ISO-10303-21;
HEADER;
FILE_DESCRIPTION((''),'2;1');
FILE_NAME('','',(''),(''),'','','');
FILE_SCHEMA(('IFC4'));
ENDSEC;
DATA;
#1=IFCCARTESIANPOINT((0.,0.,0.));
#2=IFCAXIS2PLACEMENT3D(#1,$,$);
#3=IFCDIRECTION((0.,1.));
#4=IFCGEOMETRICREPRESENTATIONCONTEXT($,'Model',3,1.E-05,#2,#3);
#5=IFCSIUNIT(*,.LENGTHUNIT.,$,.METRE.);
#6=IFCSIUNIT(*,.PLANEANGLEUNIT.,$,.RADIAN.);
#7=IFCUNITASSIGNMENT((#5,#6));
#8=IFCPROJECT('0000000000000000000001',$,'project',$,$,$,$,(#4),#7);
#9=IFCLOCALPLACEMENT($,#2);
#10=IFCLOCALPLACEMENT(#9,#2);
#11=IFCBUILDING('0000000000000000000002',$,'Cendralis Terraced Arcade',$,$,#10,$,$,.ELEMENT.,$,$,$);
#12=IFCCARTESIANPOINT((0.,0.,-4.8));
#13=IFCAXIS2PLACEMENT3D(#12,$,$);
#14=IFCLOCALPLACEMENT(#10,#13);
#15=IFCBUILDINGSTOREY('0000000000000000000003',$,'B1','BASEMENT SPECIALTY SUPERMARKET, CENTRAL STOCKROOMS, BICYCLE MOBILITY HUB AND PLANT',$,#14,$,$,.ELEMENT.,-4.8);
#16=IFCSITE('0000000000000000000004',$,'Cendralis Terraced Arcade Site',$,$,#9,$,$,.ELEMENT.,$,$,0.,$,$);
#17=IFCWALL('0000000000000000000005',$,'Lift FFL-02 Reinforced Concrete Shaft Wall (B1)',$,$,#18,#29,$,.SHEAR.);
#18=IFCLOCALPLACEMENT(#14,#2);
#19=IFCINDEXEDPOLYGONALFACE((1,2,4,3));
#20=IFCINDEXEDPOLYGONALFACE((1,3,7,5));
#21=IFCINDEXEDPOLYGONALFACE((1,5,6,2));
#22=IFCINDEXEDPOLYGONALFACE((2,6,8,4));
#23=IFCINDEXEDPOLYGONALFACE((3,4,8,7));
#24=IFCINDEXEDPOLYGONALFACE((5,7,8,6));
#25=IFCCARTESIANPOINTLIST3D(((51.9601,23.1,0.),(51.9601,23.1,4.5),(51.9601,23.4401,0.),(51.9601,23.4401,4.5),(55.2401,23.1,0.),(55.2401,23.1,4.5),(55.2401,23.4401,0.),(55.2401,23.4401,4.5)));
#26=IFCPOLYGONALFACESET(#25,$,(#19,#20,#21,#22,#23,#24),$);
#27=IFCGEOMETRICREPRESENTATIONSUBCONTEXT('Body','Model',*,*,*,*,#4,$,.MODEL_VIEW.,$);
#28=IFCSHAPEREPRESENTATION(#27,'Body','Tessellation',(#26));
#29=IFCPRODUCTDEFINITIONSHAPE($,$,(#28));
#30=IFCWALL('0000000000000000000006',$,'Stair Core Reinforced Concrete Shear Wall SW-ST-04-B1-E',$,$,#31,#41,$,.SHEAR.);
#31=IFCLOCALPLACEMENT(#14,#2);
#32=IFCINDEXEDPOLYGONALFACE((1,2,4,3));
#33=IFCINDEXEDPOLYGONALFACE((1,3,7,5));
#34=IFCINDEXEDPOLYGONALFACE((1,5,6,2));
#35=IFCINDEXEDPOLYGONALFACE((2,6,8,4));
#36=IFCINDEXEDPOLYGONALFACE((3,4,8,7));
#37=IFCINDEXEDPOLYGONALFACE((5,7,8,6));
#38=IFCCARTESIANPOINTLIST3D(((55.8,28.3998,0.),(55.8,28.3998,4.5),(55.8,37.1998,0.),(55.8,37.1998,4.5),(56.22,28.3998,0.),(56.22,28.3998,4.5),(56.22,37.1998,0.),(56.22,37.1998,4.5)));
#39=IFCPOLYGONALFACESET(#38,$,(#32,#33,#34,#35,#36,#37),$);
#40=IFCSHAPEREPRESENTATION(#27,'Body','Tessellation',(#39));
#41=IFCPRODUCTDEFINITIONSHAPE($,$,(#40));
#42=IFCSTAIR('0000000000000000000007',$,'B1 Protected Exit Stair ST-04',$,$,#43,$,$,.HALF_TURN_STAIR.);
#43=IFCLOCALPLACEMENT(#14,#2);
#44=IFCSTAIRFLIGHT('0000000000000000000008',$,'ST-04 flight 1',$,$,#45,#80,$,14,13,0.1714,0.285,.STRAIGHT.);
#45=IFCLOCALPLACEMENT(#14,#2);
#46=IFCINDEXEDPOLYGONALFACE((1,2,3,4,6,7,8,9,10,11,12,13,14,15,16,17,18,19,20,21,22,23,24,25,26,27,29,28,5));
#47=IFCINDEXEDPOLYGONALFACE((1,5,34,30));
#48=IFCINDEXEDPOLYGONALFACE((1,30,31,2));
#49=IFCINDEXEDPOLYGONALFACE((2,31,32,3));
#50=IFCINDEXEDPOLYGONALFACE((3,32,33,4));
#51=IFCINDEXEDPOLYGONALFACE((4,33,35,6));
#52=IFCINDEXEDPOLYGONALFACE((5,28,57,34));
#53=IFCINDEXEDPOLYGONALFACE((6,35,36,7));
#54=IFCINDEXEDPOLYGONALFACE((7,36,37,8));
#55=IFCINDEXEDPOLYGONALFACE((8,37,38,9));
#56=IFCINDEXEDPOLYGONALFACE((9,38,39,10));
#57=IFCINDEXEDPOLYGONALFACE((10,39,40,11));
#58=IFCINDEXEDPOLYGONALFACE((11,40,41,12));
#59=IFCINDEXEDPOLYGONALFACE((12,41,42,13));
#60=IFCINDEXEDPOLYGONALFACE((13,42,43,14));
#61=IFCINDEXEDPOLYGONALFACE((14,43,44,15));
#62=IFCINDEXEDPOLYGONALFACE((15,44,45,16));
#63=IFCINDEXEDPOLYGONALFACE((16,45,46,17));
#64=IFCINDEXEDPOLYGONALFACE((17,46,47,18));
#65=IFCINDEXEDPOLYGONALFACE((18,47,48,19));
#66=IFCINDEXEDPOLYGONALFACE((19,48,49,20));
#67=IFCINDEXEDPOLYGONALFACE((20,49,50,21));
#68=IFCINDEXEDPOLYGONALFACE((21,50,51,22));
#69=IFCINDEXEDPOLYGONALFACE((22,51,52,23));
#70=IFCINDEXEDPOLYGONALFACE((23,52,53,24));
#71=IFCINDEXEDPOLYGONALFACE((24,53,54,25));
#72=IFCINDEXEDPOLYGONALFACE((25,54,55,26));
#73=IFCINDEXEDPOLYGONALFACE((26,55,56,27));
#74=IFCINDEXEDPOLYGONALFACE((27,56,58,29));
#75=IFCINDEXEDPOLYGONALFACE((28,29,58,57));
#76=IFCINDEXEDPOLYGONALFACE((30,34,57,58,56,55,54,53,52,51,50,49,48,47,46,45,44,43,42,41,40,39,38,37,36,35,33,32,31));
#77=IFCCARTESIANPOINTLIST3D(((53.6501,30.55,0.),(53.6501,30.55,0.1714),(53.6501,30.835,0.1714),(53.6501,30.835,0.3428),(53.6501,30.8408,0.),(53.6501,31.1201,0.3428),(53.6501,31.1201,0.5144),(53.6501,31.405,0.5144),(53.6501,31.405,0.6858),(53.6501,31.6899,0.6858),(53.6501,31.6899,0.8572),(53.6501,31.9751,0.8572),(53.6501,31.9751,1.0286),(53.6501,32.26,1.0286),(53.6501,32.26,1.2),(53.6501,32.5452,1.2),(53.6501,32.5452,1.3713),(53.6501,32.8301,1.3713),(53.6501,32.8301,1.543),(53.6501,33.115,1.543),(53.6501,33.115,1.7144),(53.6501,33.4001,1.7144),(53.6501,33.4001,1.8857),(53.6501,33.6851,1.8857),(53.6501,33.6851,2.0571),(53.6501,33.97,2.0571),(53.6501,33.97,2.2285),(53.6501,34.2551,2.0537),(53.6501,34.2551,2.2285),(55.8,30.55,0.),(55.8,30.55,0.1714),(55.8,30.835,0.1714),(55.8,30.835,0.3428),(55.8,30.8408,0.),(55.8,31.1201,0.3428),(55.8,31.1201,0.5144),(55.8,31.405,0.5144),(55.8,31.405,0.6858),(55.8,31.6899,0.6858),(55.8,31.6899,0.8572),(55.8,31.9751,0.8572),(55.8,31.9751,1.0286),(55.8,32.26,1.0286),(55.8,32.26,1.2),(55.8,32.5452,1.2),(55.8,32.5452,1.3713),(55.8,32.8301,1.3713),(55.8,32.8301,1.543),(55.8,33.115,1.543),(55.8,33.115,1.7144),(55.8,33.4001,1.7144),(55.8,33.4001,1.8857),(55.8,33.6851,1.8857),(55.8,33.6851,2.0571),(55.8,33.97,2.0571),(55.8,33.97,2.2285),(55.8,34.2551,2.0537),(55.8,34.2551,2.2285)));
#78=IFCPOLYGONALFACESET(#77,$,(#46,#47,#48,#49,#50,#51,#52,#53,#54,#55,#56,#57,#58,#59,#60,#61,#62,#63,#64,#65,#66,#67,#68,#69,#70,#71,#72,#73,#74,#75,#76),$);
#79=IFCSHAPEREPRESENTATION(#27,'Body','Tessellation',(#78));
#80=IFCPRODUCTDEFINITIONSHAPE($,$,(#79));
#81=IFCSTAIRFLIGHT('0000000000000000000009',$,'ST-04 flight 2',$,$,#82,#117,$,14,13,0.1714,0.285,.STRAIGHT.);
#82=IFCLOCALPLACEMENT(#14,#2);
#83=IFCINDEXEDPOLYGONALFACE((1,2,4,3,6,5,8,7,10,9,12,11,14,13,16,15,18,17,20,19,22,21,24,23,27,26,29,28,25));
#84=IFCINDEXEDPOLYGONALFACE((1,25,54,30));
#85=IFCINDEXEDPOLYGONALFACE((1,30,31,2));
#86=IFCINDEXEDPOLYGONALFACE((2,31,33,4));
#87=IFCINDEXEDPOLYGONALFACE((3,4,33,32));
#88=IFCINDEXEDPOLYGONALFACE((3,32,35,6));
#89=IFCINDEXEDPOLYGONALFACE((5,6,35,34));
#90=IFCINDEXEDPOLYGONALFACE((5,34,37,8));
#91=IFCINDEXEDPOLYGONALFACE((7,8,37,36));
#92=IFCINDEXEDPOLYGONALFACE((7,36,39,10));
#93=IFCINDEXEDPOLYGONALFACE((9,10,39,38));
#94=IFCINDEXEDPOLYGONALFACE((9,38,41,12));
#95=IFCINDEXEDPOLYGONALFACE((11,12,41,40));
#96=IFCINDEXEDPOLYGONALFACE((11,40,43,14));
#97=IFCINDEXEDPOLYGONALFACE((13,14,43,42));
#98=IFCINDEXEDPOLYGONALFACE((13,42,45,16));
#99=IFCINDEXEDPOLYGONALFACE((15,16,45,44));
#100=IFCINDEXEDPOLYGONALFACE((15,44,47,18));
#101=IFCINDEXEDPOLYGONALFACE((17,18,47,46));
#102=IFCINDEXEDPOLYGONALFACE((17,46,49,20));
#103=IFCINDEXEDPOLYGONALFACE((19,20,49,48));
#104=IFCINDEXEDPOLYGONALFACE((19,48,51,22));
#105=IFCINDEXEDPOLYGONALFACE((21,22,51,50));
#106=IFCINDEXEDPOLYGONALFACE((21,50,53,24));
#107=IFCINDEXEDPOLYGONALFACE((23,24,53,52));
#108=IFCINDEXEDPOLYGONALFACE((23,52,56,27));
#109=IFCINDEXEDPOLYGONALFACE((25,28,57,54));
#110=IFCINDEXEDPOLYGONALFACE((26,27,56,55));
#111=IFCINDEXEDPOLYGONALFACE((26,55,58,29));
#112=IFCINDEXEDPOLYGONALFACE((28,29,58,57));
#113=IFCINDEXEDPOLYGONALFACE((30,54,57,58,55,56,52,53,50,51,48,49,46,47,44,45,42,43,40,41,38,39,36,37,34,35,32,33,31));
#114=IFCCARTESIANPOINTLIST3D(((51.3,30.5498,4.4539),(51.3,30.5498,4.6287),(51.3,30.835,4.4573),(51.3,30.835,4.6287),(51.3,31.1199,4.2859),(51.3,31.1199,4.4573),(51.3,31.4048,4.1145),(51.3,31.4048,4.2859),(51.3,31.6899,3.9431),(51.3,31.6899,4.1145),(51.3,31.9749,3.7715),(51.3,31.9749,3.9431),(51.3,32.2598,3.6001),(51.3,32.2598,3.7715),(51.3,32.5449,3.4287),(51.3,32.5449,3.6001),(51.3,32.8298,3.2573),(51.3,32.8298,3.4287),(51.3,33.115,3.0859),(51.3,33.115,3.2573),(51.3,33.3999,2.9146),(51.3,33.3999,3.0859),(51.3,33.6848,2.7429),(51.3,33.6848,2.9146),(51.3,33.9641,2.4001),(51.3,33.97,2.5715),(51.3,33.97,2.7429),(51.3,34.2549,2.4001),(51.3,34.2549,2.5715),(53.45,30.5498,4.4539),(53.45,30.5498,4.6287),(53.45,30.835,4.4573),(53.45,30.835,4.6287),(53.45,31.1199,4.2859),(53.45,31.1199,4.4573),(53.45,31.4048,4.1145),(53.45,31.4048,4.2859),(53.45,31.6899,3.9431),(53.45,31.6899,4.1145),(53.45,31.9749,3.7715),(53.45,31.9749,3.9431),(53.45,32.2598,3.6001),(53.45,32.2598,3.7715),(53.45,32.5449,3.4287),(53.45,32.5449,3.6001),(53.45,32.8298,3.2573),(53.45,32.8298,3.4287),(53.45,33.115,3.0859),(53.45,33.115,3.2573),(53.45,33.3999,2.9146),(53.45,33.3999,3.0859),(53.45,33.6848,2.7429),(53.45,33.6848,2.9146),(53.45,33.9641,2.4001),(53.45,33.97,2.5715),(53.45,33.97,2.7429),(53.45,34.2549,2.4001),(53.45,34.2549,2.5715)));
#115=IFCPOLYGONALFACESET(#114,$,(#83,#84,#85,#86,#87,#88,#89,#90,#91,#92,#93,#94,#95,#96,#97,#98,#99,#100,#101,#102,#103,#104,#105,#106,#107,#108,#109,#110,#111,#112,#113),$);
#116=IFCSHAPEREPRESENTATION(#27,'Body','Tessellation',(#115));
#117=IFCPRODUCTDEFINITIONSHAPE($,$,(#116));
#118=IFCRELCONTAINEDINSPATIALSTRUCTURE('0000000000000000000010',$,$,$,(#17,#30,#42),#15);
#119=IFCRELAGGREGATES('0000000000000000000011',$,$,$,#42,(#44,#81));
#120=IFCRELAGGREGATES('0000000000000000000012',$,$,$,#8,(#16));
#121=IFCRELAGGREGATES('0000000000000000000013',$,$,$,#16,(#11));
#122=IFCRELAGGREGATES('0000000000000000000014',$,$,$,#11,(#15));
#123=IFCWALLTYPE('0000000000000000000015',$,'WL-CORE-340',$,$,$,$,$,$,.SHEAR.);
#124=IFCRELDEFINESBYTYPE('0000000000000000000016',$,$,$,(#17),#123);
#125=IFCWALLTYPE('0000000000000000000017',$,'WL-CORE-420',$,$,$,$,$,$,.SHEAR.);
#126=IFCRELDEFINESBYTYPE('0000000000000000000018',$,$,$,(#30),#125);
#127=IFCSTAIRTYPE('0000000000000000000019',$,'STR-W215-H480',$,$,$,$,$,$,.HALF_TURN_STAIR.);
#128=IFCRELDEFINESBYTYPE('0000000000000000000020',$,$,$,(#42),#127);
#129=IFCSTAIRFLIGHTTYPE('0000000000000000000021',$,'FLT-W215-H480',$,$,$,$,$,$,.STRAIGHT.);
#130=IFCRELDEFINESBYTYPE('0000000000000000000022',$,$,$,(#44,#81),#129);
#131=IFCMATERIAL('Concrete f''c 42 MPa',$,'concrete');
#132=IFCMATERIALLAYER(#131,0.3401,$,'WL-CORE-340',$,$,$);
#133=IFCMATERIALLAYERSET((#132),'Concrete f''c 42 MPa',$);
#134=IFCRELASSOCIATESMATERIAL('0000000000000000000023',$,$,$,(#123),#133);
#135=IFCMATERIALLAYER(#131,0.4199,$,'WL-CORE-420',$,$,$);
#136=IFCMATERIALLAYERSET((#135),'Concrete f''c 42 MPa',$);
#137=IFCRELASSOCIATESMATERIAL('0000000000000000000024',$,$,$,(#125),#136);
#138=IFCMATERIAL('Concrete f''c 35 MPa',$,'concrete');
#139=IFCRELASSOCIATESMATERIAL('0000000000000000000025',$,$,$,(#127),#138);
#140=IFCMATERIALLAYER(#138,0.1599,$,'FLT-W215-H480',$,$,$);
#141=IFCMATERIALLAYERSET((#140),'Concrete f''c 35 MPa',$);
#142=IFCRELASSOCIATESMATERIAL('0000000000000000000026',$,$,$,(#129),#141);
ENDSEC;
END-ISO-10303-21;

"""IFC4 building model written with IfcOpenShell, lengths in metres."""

from ifc_helpers import new_model, si_unit, direction, frame, frame_2d, origin, place, context, subcontext, project, spatial, polyline, rectangle, outline, extrude, material, layer, layer_set, type_object, element, aggregate, save


model = new_model("IFC4")

# Units and contexts
model_context = context("Model", 3, precision=1e-05, world=origin(), true_north=direction((0.0, 1.0)))
body_context = subcontext(model_context, "Body", "Model", "MODEL_VIEW")
ifc_project = project(units=[si_unit("LENGTHUNIT", "METRE"), si_unit("PLANEANGLEUNIT", "RADIAN")], contexts=[model_context])

# Site, building, storey
site_placement = place(None, origin())
site = spatial("IfcSite", under=ifc_project, at=site_placement, Name="Cendralis Terraced Arcade Site", CompositionType="ELEMENT", RefElevation=0.0)
building_placement = place(site_placement, origin())
building = spatial("IfcBuilding", under=site, at=building_placement, Name="Cendralis Terraced Arcade", CompositionType="ELEMENT")
storey_placement = place(building_placement, frame((0.0, 0.0, -4.8)))
storey = spatial("IfcBuildingStorey", under=building, at=storey_placement, Name="B1", Description="BASEMENT SPECIALTY SUPERMARKET, CENTRAL STOCKROOMS, BICYCLE MOBILITY HUB AND PLANT", CompositionType="ELEMENT", Elevation=-4.8)

# Shared definitions
ifc_material_1 = material(Name="Concrete f'c 35 MPa", Category="concrete")

# Shared definitions
ifc_material_2 = material(Name="Concrete f'c 42 MPa", Category="concrete")

# Walls
ifc_layer_1 = layer(ifc_material_2, 0.3401, Name="WL-CORE-340")
ifc_layer_set_1 = layer_set([ifc_layer_1], Name="Concrete f'c 42 MPa")
wall_type_1 = type_object("IfcWallType", Name="WL-CORE-340", PredefinedType="SHEAR", material=ifc_layer_set_1)
wall_1_placement = place(storey_placement, frame((51.96, 23.27, 0.0), z_axis=(0.0, 0.0, 1.0), x_axis=(1.0, 0.0, 0.0)))
element("IfcWall", 1, at=wall_1_placement, inside=storey, type_object=wall_type_1, Name="Lift FFL-02 Reinforced Concrete Shaft Wall (B1)", PredefinedType="SHEAR", context=body_context, shape_type="SweptSolid", body=[
    extrude(rectangle(XDim=3.28, YDim=0.3401, at=frame_2d((1.6401, 0.0))), origin(), (0.0, 0.0, 1.0), 4.5),
])
ifc_layer_2 = layer(ifc_material_2, 0.4199, Name="WL-CORE-420")
ifc_layer_set_2 = layer_set([ifc_layer_2], Name="Concrete f'c 42 MPa")
wall_type_2 = type_object("IfcWallType", Name="WL-CORE-420", PredefinedType="SHEAR", material=ifc_layer_set_2)
wall_2_placement = place(storey_placement, frame((56.01, 28.3999, 0.0), z_axis=(0.0, 0.0, 1.0), x_axis=(0.0, 1.0, 0.0)))
element("IfcWall", 2, at=wall_2_placement, inside=storey, type_object=wall_type_2, Name="Stair Core Reinforced Concrete Shear Wall SW-ST-04-B1-E", PredefinedType="SHEAR", context=body_context, shape_type="SweptSolid", body=[
    extrude(rectangle(XDim=8.8, YDim=0.4199, at=frame_2d((4.3999, 0.0))), origin(), (0.0, 0.0, 1.0), 4.5),
])

# Stair, stair flights
stair_type = type_object("IfcStairType", Name="STR-W215-H480", PredefinedType="HALF_TURN_STAIR", material=ifc_material_1)
stair_placement = place(storey_placement, origin())
stair = element("IfcStair", 3, at=stair_placement, inside=storey, type_object=stair_type, Name="B1 Protected Exit Stair ST-04", PredefinedType="HALF_TURN_STAIR")
ifc_layer_3 = layer(ifc_material_1, 0.1599, Name="FLT-W215-H480")
ifc_layer_set_3 = layer_set([ifc_layer_3], Name="Concrete f'c 35 MPa")
stair_flight_type = type_object("IfcStairFlightType", Name="FLT-W215-H480", PredefinedType="STRAIGHT", material=ifc_layer_set_3)
stair_flight_1_placement = place(storey_placement, frame((54.7251, 30.55, 0.0), z_axis=(0.0, 0.0, 1.0), x_axis=(0.0, 1.0, 0.0)))
stair_flight_1 = element("IfcStairFlight", 4, at=stair_flight_1_placement, type_object=stair_flight_type, Name="ST-04 flight 1", NumberOfRisers=14, NumberOfTreads=13, PredefinedType="STRAIGHT", RiserHeight=0.1714, TreadLength=0.285, context=body_context, shape_type="SweptSolid", body=[
    extrude(outline(polyline([(0.0, 0.0), (0.0, 0.1714), (0.2849, 0.1714), (0.2849, 0.3428), (0.5701, 0.3428), (0.5701, 0.5144), (0.855, 0.5144), (0.855, 0.6858), (1.1399, 0.6858), (1.1399, 0.8572), (1.425, 0.8572), (1.425, 1.0286), (1.71, 1.0286), (1.71, 1.2), (1.9951, 1.2), (1.9951, 1.3713), (2.28, 1.3713), (2.28, 1.543), (2.5649, 1.543), (2.5649, 1.7144), (2.8501, 1.7144), (2.8501, 1.8857), (3.135, 1.8857), (3.135, 2.0571), (3.4199, 2.0571), (3.4199, 2.2285), (3.7051, 2.2285), (3.7051, 2.3999), (3.7051, 2.0537), (0.2908, 0.0), (0.0, 0.0)])), frame((0.0, 1.075, 0.0), z_axis=(0.0, -1.0, 0.0), x_axis=(1.0, 0.0, 0.0)), (0.0, 0.0, 1.0), 2.1499),
])
stair_flight_2_placement = place(storey_placement, frame((52.375, 34.2549, 2.4001), z_axis=(0.0, 0.0, 1.0), x_axis=(0.0, -1.0, 0.0)))
stair_flight_2 = element("IfcStairFlight", 5, at=stair_flight_2_placement, type_object=stair_flight_type, Name="ST-04 flight 2", NumberOfRisers=14, NumberOfTreads=13, PredefinedType="STRAIGHT", RiserHeight=0.1714, TreadLength=0.285, context=body_context, shape_type="SweptSolid", body=[
    extrude(outline(polyline([(0.0, 0.0), (0.0, 0.1714), (0.2849, 0.1714), (0.2849, 0.3428), (0.5701, 0.3428), (0.5701, 0.5144), (0.855, 0.5144), (0.855, 0.6858), (1.1399, 0.6858), (1.1399, 0.8572), (1.425, 0.8572), (1.425, 1.0286), (1.71, 1.0286), (1.71, 1.2), (1.9951, 1.2), (1.9951, 1.3713), (2.28, 1.3713), (2.28, 1.543), (2.5649, 1.543), (2.5649, 1.7144), (2.8501, 1.7144), (2.8501, 1.8857), (3.135, 1.8857), (3.135, 2.0571), (3.4199, 2.0571), (3.4199, 2.2285), (3.7051, 2.2285), (3.7051, 2.3999), (3.7051, 2.0537), (0.2908, 0.0), (0.0, 0.0)])), frame((0.0, 1.075, 0.0), z_axis=(0.0, -1.0, 0.0), x_axis=(1.0, 0.0, 0.0)), (0.0, 0.0, 1.0), 2.1499),
])
aggregate(stair, [stair_flight_1, stair_flight_2])

save(model, "model.ifc")
